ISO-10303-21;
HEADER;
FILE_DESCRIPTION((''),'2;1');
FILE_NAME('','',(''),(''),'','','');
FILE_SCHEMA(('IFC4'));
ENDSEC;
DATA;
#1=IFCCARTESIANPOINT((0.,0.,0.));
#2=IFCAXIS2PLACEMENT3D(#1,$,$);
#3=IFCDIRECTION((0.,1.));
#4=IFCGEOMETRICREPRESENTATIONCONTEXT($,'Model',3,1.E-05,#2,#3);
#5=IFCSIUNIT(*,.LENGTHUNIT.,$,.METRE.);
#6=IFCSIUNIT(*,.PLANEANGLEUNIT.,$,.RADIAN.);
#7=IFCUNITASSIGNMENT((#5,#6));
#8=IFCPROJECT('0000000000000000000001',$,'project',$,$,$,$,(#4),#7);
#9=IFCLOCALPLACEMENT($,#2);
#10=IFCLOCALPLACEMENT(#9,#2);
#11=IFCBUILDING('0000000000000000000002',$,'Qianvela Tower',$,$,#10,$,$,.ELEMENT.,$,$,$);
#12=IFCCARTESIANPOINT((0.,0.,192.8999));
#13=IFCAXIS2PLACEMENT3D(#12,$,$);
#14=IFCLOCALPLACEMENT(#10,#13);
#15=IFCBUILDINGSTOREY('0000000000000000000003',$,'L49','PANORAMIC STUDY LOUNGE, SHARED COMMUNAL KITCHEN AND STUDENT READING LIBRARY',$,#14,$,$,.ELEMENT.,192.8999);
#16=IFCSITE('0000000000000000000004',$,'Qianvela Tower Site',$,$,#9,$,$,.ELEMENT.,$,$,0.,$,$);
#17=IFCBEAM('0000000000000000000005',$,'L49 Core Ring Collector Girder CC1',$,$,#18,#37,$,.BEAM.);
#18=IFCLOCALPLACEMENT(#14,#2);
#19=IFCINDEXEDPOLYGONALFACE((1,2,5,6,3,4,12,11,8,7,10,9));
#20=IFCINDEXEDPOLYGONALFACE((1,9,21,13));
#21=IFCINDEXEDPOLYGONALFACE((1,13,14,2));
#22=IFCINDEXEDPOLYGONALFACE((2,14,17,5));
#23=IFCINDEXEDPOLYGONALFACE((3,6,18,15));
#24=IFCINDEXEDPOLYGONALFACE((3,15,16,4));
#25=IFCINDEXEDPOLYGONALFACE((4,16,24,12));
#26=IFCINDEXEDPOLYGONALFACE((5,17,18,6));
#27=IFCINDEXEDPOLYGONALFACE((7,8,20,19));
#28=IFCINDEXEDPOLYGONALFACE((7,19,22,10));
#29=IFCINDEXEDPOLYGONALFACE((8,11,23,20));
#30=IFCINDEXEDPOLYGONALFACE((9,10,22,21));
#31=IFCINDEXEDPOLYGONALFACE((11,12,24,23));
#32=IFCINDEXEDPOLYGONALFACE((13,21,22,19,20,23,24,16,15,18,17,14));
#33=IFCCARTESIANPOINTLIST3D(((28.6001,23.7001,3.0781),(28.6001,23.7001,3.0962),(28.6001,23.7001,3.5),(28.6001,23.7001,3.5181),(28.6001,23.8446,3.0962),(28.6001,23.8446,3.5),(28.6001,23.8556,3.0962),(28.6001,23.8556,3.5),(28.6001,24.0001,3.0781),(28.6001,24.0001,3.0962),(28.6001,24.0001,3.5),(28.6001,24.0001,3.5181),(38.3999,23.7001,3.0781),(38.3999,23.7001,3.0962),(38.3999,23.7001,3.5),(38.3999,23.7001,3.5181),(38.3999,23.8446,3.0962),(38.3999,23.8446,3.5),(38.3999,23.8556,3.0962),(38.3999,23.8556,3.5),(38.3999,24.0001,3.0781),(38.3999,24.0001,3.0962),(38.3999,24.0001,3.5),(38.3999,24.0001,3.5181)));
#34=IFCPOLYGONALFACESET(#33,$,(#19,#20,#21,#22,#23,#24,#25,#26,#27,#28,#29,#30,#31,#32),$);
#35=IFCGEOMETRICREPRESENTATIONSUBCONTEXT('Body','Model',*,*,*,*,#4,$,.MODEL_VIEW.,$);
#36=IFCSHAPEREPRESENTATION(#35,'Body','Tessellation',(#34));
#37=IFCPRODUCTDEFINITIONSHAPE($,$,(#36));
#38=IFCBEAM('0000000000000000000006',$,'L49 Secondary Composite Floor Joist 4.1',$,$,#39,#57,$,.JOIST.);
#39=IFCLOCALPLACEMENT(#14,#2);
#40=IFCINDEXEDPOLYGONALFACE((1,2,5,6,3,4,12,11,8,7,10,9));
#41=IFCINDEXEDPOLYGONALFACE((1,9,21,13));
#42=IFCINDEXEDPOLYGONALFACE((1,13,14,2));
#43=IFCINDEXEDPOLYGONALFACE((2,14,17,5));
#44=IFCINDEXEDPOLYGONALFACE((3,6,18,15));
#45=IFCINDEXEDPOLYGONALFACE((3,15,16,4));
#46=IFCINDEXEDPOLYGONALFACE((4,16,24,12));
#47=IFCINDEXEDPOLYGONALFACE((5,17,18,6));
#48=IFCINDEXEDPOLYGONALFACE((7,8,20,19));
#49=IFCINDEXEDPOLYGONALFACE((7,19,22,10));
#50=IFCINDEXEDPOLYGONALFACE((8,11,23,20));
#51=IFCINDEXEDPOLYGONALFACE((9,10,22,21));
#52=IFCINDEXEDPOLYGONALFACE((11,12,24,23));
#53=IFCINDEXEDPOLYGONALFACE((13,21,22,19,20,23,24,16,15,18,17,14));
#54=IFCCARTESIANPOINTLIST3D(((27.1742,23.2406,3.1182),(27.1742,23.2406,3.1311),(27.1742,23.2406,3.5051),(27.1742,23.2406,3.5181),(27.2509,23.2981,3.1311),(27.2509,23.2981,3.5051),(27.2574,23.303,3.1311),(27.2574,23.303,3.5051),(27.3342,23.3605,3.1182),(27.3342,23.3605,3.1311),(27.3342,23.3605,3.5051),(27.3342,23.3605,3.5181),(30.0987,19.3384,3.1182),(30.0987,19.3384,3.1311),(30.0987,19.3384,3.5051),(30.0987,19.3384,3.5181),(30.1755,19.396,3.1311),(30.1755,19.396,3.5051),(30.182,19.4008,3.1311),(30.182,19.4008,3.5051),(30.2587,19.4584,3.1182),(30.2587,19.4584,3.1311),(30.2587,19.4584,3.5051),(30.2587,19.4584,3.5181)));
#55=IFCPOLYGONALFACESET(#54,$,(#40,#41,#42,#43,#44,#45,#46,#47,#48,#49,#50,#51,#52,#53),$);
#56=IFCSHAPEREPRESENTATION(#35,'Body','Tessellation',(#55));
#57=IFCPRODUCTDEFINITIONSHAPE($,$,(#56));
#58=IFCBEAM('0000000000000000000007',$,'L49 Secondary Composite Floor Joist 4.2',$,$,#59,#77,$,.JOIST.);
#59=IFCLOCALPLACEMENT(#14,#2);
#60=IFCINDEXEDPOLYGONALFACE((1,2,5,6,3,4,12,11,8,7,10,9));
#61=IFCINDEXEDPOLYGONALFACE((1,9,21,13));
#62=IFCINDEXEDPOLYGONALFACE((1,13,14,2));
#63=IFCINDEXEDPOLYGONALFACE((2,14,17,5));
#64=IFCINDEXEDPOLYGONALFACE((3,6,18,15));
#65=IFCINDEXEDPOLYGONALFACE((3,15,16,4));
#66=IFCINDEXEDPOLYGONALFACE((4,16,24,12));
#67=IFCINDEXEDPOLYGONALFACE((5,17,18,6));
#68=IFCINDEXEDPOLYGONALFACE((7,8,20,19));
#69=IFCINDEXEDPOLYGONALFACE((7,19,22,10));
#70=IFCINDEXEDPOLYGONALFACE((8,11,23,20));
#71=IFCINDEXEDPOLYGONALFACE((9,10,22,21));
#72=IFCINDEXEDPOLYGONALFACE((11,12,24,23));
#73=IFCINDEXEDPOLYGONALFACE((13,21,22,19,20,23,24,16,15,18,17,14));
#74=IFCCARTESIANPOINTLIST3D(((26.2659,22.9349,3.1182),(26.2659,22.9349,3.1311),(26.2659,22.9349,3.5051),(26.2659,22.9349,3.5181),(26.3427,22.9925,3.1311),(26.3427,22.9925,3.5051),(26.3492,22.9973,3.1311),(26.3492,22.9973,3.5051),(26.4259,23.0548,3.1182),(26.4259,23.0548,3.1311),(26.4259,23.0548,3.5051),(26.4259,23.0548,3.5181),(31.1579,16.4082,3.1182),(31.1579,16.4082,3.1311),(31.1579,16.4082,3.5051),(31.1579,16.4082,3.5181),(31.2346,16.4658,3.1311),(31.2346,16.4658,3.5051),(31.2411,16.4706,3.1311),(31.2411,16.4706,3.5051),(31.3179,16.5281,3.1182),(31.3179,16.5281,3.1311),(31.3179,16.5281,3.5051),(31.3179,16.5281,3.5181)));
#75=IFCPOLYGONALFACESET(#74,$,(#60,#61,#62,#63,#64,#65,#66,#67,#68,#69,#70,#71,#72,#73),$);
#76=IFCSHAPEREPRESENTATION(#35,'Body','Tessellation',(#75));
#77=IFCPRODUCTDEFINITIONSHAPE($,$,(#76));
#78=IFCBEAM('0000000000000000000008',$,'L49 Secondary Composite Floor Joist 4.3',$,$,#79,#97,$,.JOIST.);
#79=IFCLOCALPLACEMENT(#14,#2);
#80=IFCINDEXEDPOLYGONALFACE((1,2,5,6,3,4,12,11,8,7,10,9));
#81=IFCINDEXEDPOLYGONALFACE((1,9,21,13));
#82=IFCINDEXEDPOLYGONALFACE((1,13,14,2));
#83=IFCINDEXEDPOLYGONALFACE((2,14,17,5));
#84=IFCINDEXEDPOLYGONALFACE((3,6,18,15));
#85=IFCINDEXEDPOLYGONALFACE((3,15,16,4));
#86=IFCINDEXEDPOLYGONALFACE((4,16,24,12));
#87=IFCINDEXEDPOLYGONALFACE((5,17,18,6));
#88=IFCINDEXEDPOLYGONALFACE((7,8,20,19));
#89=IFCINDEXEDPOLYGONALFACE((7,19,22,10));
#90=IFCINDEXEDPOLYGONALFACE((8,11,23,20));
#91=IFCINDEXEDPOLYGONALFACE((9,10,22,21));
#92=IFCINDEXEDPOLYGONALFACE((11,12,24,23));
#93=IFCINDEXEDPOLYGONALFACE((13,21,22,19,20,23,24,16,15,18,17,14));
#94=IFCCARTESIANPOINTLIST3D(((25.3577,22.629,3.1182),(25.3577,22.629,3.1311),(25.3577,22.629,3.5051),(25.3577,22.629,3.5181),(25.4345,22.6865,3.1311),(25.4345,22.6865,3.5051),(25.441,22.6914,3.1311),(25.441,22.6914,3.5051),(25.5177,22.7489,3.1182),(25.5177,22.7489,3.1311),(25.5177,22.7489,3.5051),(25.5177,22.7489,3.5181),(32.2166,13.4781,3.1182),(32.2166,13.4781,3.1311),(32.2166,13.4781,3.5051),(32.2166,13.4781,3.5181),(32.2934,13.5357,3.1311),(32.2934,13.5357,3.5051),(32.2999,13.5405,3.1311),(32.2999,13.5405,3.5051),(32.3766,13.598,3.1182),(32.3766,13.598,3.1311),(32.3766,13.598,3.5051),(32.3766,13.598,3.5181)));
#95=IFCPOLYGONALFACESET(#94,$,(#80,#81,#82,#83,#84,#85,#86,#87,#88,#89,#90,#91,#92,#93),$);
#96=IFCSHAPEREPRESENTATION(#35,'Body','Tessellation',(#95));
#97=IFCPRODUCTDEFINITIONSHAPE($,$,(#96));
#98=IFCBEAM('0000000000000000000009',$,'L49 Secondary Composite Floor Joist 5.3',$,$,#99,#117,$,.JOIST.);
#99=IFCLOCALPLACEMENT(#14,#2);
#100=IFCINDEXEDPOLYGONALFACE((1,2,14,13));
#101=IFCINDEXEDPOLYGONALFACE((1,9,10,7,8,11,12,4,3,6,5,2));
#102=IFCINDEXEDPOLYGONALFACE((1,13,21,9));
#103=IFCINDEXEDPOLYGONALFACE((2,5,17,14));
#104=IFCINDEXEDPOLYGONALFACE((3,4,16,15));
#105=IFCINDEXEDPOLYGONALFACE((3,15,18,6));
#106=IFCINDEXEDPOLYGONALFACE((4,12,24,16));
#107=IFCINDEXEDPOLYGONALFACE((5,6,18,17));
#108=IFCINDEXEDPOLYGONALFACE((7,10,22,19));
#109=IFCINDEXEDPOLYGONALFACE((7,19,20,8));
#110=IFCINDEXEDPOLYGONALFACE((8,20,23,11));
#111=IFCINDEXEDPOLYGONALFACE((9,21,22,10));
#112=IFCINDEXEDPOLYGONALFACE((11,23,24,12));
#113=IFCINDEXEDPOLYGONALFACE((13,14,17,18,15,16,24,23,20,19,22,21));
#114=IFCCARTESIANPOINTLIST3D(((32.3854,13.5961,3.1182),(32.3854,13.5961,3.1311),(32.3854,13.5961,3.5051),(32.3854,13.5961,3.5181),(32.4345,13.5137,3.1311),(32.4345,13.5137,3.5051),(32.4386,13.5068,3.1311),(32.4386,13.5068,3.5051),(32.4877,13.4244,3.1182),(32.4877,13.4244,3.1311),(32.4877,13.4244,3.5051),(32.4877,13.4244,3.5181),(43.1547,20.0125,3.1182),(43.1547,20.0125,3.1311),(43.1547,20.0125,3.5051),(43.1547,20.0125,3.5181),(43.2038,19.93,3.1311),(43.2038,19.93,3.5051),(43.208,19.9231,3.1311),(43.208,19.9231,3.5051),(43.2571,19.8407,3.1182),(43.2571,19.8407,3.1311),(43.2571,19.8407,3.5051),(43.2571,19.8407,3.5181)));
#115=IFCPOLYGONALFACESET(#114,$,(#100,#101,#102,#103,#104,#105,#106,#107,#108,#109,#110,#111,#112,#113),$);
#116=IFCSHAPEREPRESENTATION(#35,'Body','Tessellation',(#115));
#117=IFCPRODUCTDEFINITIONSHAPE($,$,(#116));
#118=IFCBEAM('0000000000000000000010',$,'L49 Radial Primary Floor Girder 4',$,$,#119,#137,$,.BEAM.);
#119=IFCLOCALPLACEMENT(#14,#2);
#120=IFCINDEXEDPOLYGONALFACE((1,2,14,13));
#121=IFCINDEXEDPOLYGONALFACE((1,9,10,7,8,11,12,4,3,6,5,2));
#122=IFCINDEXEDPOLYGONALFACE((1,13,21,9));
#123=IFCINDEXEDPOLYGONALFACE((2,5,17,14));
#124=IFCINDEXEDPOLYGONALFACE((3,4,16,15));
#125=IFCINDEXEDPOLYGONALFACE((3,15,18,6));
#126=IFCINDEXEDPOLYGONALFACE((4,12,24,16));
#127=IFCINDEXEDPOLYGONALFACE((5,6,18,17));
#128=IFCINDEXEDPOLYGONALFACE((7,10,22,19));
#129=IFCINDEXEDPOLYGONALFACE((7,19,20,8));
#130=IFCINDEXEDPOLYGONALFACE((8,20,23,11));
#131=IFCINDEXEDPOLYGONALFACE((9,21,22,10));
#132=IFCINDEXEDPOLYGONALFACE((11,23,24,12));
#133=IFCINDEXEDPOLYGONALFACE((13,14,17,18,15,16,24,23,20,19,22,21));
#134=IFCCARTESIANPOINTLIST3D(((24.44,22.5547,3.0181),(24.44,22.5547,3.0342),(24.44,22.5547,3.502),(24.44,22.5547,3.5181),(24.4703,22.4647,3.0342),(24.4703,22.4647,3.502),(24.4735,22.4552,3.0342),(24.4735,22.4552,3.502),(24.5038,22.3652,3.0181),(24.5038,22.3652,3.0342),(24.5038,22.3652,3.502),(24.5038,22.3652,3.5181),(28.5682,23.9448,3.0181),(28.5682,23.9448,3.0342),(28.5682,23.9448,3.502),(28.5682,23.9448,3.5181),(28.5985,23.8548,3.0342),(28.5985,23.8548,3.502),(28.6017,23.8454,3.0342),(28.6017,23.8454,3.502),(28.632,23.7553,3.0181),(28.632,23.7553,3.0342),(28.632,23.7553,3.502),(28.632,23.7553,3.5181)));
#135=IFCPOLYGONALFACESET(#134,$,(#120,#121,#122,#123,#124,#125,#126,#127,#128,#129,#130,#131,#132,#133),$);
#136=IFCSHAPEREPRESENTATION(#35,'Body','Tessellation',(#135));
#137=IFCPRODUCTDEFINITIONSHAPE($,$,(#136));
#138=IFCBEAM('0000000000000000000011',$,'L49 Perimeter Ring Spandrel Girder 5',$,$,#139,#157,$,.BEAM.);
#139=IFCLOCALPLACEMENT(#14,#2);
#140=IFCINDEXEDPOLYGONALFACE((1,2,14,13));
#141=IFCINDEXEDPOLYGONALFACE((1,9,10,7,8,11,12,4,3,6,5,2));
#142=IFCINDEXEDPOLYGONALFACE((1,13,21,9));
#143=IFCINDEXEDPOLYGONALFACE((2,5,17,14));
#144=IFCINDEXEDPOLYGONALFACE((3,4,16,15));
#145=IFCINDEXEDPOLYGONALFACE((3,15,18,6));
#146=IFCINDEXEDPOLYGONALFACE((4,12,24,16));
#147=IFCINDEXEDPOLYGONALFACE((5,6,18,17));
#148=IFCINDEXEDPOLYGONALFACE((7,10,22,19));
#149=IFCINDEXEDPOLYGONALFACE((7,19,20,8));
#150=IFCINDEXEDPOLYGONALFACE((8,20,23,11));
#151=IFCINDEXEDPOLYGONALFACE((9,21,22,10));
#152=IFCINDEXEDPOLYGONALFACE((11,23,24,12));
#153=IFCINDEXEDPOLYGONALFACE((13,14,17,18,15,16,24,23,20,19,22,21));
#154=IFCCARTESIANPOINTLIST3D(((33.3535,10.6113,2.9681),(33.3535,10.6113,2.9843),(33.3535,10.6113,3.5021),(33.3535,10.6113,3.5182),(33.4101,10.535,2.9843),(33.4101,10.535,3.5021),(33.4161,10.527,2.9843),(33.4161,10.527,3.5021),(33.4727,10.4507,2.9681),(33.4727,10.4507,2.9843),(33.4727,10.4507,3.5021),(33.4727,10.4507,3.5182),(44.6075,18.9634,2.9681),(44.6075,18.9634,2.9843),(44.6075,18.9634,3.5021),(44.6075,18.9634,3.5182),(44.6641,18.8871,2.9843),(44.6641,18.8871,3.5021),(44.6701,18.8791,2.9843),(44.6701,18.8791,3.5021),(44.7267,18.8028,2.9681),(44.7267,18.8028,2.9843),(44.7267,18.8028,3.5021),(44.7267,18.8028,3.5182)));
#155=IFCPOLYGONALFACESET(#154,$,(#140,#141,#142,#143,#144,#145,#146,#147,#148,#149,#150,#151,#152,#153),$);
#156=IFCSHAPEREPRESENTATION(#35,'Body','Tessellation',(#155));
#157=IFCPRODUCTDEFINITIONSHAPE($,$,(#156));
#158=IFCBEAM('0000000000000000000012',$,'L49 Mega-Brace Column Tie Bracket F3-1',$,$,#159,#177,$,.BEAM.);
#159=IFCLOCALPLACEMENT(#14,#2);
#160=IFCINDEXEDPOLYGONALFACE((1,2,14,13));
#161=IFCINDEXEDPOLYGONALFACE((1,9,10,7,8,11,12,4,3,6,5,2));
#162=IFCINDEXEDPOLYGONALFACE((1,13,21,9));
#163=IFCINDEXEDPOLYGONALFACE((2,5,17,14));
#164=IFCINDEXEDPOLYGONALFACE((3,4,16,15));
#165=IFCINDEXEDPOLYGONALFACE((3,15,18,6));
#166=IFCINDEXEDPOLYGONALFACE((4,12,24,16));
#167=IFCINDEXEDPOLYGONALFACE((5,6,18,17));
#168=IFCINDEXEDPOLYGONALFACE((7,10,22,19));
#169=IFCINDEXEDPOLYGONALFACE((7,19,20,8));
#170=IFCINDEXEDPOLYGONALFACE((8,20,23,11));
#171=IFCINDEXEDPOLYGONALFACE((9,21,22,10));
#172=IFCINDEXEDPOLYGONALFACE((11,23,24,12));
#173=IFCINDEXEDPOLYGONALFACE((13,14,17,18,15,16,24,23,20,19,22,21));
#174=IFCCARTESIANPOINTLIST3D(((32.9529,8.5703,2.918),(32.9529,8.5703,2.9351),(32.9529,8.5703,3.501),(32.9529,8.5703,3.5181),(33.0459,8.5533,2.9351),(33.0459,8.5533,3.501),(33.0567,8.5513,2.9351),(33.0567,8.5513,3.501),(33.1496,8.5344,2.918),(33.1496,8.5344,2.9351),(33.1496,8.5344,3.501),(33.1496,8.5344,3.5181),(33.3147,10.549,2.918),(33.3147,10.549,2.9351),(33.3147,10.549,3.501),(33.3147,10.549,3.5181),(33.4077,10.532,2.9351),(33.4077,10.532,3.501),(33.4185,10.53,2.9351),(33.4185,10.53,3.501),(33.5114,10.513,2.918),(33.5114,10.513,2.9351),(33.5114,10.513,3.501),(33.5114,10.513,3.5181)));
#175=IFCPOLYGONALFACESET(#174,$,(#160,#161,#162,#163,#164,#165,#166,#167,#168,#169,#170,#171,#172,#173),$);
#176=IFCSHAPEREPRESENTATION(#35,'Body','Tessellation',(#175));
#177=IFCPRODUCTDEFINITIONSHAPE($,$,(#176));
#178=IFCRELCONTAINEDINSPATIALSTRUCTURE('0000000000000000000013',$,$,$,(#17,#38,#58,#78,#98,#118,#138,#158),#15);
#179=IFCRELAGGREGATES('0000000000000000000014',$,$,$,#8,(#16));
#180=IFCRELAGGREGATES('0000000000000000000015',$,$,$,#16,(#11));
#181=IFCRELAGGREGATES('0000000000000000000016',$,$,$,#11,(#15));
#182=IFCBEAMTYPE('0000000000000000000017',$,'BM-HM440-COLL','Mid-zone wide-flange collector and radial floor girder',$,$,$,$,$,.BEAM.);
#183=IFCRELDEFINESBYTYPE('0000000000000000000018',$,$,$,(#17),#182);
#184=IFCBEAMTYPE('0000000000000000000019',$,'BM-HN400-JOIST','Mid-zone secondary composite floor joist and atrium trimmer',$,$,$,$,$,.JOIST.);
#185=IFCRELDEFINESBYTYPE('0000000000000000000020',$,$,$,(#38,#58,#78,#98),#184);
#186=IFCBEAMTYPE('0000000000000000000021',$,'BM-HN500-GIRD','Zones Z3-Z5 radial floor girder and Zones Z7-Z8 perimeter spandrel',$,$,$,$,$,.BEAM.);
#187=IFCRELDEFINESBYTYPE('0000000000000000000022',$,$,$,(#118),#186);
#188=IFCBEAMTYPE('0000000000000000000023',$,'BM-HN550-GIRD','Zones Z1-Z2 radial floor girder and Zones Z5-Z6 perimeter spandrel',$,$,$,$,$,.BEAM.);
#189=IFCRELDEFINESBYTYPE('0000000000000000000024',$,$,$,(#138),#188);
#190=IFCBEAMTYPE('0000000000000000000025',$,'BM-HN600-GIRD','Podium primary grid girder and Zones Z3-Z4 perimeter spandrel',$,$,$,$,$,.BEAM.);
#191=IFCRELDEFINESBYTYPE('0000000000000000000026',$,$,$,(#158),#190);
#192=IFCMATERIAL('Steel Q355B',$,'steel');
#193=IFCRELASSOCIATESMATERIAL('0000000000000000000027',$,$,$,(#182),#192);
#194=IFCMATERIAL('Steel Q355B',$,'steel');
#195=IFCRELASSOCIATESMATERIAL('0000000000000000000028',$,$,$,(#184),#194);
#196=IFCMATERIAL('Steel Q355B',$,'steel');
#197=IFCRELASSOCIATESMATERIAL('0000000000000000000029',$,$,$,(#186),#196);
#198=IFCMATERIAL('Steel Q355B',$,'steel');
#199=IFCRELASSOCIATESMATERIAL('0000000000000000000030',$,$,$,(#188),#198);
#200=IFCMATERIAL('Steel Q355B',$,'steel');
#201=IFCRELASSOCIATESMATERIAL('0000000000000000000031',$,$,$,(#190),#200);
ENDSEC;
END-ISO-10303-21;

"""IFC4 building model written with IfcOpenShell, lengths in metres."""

from ifc_helpers import new_model, si_unit, direction, frame, origin, origin_2d, place, context, subcontext, project, spatial, i_section, extrude, material, material_profile, profile_set, type_object, element, save


model = new_model("IFC4")

# Units and contexts
model_context = context("Model", 3, precision=1e-05, world=origin(), true_north=direction((0.0, 1.0)))
body_context = subcontext(model_context, "Body", "Model", "MODEL_VIEW")
ifc_project = project(units=[si_unit("LENGTHUNIT", "METRE"), si_unit("PLANEANGLEUNIT", "RADIAN")], contexts=[model_context])

# Site, building, storey
site_placement = place(None, origin())
site = spatial("IfcSite", under=ifc_project, at=site_placement, Name="Qianvela Tower Site", CompositionType="ELEMENT", RefElevation=0.0)
building_placement = place(site_placement, origin())
building = spatial("IfcBuilding", under=site, at=building_placement, Name="Qianvela Tower", CompositionType="ELEMENT")
storey_placement = place(building_placement, frame((0.0, 0.0, 192.8999)))
storey = spatial("IfcBuildingStorey", under=building, at=storey_placement, Name="L49", Description="PANORAMIC STUDY LOUNGE, SHARED COMMUNAL KITCHEN AND STUDENT READING LIBRARY", CompositionType="ELEMENT", Elevation=192.8999)

# Beams
ifc_material_1 = material(Name="Steel Q355B", Category="steel")
ifc_material_profile_1 = material_profile(ifc_material_1, i_section(OverallWidth=0.3, OverallDepth=0.4399, WebThickness=0.011, FlangeThickness=0.0181, at=origin_2d()), Name="HM440x300x11x18")
ifc_profile_set_1 = profile_set([ifc_material_profile_1], Name="Steel Q355B")
beam_type_1 = type_object("IfcBeamType", Name="BM-HM440-COLL", Description="Mid-zone wide-flange collector and radial floor girder", PredefinedType="BEAM", material=ifc_profile_set_1)
beam_1_placement = place(storey_placement, frame((28.6001, 23.8501, 3.2981), z_axis=(1.0, 0.0, 0.0), x_axis=(0.0, 1.0, 0.0)))
element("IfcBeam", 1, at=beam_1_placement, inside=storey, type_object=beam_type_1, Name="L49 Core Ring Collector Girder CC1", PredefinedType="BEAM", context=body_context, shape_type="SweptSolid", body=[
    extrude(i_section(OverallWidth=0.3, OverallDepth=0.4399, WebThickness=0.011, FlangeThickness=0.0181, at=origin_2d()), origin(), (0.0, 0.0, 1.0), 9.7998),
])
ifc_material_2 = material(Name="Steel Q355B", Category="steel")
ifc_material_profile_2 = material_profile(ifc_material_2, i_section(OverallWidth=0.2, OverallDepth=0.3999, WebThickness=0.0081, FlangeThickness=0.0129, at=origin_2d()), Name="HN400x200x8x13")
ifc_profile_set_2 = profile_set([ifc_material_profile_2], Name="Steel Q355B")
beam_type_2 = type_object("IfcBeamType", Name="BM-HN400-JOIST", Description="Mid-zone secondary composite floor joist and atrium trimmer", PredefinedType="JOIST", material=ifc_profile_set_2)
beam_2_placement = place(storey_placement, frame((27.2542, 23.3005, 3.3181), z_axis=(0.599736, -0.800198, 0.0), x_axis=(0.800198, 0.599736, 0.0)))
element("IfcBeam", 2, at=beam_2_placement, inside=storey, type_object=beam_type_2, Name="L49 Secondary Composite Floor Joist 4.1", PredefinedType="JOIST", context=body_context, shape_type="SweptSolid", body=[
    extrude(i_section(OverallWidth=0.2, OverallDepth=0.3999, WebThickness=0.0081, FlangeThickness=0.0129, at=origin_2d()), origin(), (0.0, 0.0, 1.0), 4.8765),
])
beam_3_placement = place(storey_placement, frame((26.3459, 22.9949, 3.3181), z_axis=(0.599756, -0.800183, 0.0), x_axis=(0.800183, 0.599756, 0.0)))
element("IfcBeam", 3, at=beam_3_placement, inside=storey, type_object=beam_type_2, Name="L49 Secondary Composite Floor Joist 4.2", PredefinedType="JOIST", context=body_context, shape_type="SweptSolid", body=[
    extrude(i_section(OverallWidth=0.2, OverallDepth=0.3999, WebThickness=0.0081, FlangeThickness=0.0129, at=origin_2d()), origin(), (0.0, 0.0, 1.0), 8.1565),
])
beam_4_placement = place(storey_placement, frame((25.4377, 22.689, 3.3181), z_axis=(0.599761, -0.800179, 0.0), x_axis=(0.800179, 0.599761, 0.0)))
element("IfcBeam", 4, at=beam_4_placement, inside=storey, type_object=beam_type_2, Name="L49 Secondary Composite Floor Joist 4.3", PredefinedType="JOIST", context=body_context, shape_type="SweptSolid", body=[
    extrude(i_section(OverallWidth=0.2, OverallDepth=0.3999, WebThickness=0.0081, FlangeThickness=0.0129, at=origin_2d()), origin(), (0.0, 0.0, 1.0), 11.436),
])
beam_5_placement = place(storey_placement, frame((32.4365, 13.5103, 3.3181), z_axis=(0.859084, 0.511835, 0.0), x_axis=(-0.511835, 0.859084, 0.0)))
element("IfcBeam", 5, at=beam_5_placement, inside=storey, type_object=beam_type_2, Name="L49 Secondary Composite Floor Joist 5.3", PredefinedType="JOIST", context=body_context, shape_type="SweptSolid", body=[
    extrude(i_section(OverallWidth=0.2, OverallDepth=0.3999, WebThickness=0.0081, FlangeThickness=0.0129, at=origin_2d()), origin(), (0.0, 0.0, 1.0), 12.5359),
])
ifc_material_3 = material(Name="Steel Q355B", Category="steel")
ifc_material_profile_3 = material_profile(ifc_material_3, i_section(OverallWidth=0.2, OverallDepth=0.5, WebThickness=0.01, FlangeThickness=0.0161, at=origin_2d()), Name="HN500x200x10x16")
ifc_profile_set_3 = profile_set([ifc_material_profile_3], Name="Steel Q355B")
beam_type_3 = type_object("IfcBeamType", Name="BM-HN500-GIRD", Description="Zones Z3-Z5 radial floor girder and Zones Z7-Z8 perimeter spandrel", PredefinedType="BEAM", material=ifc_profile_set_3)
beam_6_placement = place(storey_placement, frame((28.6001, 23.8501, 3.2681), z_axis=(-0.947709, -0.319135, 0.0), x_axis=(0.319135, -0.947709, 0.0)))
element("IfcBeam", 6, at=beam_6_placement, inside=storey, type_object=beam_type_3, Name="L49 Radial Primary Floor Girder 4", PredefinedType="BEAM", context=body_context, shape_type="SweptSolid", body=[
    extrude(i_section(OverallWidth=0.2, OverallDepth=0.5, WebThickness=0.01, FlangeThickness=0.0161, at=origin_2d()), origin(), (0.0, 0.0, 1.0), 4.356),
])
ifc_material_4 = material(Name="Steel Q355B", Category="steel")
ifc_material_profile_4 = material_profile(ifc_material_4, i_section(OverallWidth=0.2, OverallDepth=0.55, WebThickness=0.01, FlangeThickness=0.0161, at=origin_2d()), Name="HN550x200x10x16")
ifc_profile_set_4 = profile_set([ifc_material_profile_4], Name="Steel Q355B")
beam_type_4 = type_object("IfcBeamType", Name="BM-HN550-GIRD", Description="Zones Z1-Z2 radial floor girder and Zones Z5-Z6 perimeter spandrel", PredefinedType="BEAM", material=ifc_profile_set_4)
beam_7_placement = place(storey_placement, frame((33.4131, 10.531, 3.2432), z_axis=(0.803017, 0.595956, 0.0), x_axis=(-0.595956, 0.803017, 0.0)))
element("IfcBeam", 7, at=beam_7_placement, inside=storey, type_object=beam_type_4, Name="L49 Perimeter Ring Spandrel Girder 5", PredefinedType="BEAM", context=body_context, shape_type="SweptSolid", body=[
    extrude(i_section(OverallWidth=0.2, OverallDepth=0.55, WebThickness=0.01, FlangeThickness=0.0161, at=origin_2d()), origin(), (0.0, 0.0, 1.0), 14.0146),
])
ifc_material_5 = material(Name="Steel Q355B", Category="steel")
ifc_material_profile_5 = material_profile(ifc_material_5, i_section(OverallWidth=0.2, OverallDepth=0.6001, WebThickness=0.011, FlangeThickness=0.0171, at=origin_2d()), Name="HN600x200x11x17")
ifc_profile_set_5 = profile_set([ifc_material_profile_5], Name="Steel Q355B")
beam_type_5 = type_object("IfcBeamType", Name="BM-HN600-GIRD", Description="Podium primary grid girder and Zones Z3-Z4 perimeter spandrel", PredefinedType="BEAM", material=ifc_profile_set_5)
beam_8_placement = place(storey_placement, frame((33.4131, 10.531, 3.218), z_axis=(-0.179868, -0.983691, 0.0), x_axis=(0.983691, -0.179868, 0.0)))
element("IfcBeam", 8, at=beam_8_placement, inside=storey, type_object=beam_type_5, Name="L49 Mega-Brace Column Tie Bracket F3-1", PredefinedType="BEAM", context=body_context, shape_type="SweptSolid", body=[
    extrude(i_section(OverallWidth=0.2, OverallDepth=0.6001, WebThickness=0.011, FlangeThickness=0.0171, at=origin_2d()), origin(), (0.0, 0.0, 1.0), 2.0115),
])

save(model, "model.ifc")
